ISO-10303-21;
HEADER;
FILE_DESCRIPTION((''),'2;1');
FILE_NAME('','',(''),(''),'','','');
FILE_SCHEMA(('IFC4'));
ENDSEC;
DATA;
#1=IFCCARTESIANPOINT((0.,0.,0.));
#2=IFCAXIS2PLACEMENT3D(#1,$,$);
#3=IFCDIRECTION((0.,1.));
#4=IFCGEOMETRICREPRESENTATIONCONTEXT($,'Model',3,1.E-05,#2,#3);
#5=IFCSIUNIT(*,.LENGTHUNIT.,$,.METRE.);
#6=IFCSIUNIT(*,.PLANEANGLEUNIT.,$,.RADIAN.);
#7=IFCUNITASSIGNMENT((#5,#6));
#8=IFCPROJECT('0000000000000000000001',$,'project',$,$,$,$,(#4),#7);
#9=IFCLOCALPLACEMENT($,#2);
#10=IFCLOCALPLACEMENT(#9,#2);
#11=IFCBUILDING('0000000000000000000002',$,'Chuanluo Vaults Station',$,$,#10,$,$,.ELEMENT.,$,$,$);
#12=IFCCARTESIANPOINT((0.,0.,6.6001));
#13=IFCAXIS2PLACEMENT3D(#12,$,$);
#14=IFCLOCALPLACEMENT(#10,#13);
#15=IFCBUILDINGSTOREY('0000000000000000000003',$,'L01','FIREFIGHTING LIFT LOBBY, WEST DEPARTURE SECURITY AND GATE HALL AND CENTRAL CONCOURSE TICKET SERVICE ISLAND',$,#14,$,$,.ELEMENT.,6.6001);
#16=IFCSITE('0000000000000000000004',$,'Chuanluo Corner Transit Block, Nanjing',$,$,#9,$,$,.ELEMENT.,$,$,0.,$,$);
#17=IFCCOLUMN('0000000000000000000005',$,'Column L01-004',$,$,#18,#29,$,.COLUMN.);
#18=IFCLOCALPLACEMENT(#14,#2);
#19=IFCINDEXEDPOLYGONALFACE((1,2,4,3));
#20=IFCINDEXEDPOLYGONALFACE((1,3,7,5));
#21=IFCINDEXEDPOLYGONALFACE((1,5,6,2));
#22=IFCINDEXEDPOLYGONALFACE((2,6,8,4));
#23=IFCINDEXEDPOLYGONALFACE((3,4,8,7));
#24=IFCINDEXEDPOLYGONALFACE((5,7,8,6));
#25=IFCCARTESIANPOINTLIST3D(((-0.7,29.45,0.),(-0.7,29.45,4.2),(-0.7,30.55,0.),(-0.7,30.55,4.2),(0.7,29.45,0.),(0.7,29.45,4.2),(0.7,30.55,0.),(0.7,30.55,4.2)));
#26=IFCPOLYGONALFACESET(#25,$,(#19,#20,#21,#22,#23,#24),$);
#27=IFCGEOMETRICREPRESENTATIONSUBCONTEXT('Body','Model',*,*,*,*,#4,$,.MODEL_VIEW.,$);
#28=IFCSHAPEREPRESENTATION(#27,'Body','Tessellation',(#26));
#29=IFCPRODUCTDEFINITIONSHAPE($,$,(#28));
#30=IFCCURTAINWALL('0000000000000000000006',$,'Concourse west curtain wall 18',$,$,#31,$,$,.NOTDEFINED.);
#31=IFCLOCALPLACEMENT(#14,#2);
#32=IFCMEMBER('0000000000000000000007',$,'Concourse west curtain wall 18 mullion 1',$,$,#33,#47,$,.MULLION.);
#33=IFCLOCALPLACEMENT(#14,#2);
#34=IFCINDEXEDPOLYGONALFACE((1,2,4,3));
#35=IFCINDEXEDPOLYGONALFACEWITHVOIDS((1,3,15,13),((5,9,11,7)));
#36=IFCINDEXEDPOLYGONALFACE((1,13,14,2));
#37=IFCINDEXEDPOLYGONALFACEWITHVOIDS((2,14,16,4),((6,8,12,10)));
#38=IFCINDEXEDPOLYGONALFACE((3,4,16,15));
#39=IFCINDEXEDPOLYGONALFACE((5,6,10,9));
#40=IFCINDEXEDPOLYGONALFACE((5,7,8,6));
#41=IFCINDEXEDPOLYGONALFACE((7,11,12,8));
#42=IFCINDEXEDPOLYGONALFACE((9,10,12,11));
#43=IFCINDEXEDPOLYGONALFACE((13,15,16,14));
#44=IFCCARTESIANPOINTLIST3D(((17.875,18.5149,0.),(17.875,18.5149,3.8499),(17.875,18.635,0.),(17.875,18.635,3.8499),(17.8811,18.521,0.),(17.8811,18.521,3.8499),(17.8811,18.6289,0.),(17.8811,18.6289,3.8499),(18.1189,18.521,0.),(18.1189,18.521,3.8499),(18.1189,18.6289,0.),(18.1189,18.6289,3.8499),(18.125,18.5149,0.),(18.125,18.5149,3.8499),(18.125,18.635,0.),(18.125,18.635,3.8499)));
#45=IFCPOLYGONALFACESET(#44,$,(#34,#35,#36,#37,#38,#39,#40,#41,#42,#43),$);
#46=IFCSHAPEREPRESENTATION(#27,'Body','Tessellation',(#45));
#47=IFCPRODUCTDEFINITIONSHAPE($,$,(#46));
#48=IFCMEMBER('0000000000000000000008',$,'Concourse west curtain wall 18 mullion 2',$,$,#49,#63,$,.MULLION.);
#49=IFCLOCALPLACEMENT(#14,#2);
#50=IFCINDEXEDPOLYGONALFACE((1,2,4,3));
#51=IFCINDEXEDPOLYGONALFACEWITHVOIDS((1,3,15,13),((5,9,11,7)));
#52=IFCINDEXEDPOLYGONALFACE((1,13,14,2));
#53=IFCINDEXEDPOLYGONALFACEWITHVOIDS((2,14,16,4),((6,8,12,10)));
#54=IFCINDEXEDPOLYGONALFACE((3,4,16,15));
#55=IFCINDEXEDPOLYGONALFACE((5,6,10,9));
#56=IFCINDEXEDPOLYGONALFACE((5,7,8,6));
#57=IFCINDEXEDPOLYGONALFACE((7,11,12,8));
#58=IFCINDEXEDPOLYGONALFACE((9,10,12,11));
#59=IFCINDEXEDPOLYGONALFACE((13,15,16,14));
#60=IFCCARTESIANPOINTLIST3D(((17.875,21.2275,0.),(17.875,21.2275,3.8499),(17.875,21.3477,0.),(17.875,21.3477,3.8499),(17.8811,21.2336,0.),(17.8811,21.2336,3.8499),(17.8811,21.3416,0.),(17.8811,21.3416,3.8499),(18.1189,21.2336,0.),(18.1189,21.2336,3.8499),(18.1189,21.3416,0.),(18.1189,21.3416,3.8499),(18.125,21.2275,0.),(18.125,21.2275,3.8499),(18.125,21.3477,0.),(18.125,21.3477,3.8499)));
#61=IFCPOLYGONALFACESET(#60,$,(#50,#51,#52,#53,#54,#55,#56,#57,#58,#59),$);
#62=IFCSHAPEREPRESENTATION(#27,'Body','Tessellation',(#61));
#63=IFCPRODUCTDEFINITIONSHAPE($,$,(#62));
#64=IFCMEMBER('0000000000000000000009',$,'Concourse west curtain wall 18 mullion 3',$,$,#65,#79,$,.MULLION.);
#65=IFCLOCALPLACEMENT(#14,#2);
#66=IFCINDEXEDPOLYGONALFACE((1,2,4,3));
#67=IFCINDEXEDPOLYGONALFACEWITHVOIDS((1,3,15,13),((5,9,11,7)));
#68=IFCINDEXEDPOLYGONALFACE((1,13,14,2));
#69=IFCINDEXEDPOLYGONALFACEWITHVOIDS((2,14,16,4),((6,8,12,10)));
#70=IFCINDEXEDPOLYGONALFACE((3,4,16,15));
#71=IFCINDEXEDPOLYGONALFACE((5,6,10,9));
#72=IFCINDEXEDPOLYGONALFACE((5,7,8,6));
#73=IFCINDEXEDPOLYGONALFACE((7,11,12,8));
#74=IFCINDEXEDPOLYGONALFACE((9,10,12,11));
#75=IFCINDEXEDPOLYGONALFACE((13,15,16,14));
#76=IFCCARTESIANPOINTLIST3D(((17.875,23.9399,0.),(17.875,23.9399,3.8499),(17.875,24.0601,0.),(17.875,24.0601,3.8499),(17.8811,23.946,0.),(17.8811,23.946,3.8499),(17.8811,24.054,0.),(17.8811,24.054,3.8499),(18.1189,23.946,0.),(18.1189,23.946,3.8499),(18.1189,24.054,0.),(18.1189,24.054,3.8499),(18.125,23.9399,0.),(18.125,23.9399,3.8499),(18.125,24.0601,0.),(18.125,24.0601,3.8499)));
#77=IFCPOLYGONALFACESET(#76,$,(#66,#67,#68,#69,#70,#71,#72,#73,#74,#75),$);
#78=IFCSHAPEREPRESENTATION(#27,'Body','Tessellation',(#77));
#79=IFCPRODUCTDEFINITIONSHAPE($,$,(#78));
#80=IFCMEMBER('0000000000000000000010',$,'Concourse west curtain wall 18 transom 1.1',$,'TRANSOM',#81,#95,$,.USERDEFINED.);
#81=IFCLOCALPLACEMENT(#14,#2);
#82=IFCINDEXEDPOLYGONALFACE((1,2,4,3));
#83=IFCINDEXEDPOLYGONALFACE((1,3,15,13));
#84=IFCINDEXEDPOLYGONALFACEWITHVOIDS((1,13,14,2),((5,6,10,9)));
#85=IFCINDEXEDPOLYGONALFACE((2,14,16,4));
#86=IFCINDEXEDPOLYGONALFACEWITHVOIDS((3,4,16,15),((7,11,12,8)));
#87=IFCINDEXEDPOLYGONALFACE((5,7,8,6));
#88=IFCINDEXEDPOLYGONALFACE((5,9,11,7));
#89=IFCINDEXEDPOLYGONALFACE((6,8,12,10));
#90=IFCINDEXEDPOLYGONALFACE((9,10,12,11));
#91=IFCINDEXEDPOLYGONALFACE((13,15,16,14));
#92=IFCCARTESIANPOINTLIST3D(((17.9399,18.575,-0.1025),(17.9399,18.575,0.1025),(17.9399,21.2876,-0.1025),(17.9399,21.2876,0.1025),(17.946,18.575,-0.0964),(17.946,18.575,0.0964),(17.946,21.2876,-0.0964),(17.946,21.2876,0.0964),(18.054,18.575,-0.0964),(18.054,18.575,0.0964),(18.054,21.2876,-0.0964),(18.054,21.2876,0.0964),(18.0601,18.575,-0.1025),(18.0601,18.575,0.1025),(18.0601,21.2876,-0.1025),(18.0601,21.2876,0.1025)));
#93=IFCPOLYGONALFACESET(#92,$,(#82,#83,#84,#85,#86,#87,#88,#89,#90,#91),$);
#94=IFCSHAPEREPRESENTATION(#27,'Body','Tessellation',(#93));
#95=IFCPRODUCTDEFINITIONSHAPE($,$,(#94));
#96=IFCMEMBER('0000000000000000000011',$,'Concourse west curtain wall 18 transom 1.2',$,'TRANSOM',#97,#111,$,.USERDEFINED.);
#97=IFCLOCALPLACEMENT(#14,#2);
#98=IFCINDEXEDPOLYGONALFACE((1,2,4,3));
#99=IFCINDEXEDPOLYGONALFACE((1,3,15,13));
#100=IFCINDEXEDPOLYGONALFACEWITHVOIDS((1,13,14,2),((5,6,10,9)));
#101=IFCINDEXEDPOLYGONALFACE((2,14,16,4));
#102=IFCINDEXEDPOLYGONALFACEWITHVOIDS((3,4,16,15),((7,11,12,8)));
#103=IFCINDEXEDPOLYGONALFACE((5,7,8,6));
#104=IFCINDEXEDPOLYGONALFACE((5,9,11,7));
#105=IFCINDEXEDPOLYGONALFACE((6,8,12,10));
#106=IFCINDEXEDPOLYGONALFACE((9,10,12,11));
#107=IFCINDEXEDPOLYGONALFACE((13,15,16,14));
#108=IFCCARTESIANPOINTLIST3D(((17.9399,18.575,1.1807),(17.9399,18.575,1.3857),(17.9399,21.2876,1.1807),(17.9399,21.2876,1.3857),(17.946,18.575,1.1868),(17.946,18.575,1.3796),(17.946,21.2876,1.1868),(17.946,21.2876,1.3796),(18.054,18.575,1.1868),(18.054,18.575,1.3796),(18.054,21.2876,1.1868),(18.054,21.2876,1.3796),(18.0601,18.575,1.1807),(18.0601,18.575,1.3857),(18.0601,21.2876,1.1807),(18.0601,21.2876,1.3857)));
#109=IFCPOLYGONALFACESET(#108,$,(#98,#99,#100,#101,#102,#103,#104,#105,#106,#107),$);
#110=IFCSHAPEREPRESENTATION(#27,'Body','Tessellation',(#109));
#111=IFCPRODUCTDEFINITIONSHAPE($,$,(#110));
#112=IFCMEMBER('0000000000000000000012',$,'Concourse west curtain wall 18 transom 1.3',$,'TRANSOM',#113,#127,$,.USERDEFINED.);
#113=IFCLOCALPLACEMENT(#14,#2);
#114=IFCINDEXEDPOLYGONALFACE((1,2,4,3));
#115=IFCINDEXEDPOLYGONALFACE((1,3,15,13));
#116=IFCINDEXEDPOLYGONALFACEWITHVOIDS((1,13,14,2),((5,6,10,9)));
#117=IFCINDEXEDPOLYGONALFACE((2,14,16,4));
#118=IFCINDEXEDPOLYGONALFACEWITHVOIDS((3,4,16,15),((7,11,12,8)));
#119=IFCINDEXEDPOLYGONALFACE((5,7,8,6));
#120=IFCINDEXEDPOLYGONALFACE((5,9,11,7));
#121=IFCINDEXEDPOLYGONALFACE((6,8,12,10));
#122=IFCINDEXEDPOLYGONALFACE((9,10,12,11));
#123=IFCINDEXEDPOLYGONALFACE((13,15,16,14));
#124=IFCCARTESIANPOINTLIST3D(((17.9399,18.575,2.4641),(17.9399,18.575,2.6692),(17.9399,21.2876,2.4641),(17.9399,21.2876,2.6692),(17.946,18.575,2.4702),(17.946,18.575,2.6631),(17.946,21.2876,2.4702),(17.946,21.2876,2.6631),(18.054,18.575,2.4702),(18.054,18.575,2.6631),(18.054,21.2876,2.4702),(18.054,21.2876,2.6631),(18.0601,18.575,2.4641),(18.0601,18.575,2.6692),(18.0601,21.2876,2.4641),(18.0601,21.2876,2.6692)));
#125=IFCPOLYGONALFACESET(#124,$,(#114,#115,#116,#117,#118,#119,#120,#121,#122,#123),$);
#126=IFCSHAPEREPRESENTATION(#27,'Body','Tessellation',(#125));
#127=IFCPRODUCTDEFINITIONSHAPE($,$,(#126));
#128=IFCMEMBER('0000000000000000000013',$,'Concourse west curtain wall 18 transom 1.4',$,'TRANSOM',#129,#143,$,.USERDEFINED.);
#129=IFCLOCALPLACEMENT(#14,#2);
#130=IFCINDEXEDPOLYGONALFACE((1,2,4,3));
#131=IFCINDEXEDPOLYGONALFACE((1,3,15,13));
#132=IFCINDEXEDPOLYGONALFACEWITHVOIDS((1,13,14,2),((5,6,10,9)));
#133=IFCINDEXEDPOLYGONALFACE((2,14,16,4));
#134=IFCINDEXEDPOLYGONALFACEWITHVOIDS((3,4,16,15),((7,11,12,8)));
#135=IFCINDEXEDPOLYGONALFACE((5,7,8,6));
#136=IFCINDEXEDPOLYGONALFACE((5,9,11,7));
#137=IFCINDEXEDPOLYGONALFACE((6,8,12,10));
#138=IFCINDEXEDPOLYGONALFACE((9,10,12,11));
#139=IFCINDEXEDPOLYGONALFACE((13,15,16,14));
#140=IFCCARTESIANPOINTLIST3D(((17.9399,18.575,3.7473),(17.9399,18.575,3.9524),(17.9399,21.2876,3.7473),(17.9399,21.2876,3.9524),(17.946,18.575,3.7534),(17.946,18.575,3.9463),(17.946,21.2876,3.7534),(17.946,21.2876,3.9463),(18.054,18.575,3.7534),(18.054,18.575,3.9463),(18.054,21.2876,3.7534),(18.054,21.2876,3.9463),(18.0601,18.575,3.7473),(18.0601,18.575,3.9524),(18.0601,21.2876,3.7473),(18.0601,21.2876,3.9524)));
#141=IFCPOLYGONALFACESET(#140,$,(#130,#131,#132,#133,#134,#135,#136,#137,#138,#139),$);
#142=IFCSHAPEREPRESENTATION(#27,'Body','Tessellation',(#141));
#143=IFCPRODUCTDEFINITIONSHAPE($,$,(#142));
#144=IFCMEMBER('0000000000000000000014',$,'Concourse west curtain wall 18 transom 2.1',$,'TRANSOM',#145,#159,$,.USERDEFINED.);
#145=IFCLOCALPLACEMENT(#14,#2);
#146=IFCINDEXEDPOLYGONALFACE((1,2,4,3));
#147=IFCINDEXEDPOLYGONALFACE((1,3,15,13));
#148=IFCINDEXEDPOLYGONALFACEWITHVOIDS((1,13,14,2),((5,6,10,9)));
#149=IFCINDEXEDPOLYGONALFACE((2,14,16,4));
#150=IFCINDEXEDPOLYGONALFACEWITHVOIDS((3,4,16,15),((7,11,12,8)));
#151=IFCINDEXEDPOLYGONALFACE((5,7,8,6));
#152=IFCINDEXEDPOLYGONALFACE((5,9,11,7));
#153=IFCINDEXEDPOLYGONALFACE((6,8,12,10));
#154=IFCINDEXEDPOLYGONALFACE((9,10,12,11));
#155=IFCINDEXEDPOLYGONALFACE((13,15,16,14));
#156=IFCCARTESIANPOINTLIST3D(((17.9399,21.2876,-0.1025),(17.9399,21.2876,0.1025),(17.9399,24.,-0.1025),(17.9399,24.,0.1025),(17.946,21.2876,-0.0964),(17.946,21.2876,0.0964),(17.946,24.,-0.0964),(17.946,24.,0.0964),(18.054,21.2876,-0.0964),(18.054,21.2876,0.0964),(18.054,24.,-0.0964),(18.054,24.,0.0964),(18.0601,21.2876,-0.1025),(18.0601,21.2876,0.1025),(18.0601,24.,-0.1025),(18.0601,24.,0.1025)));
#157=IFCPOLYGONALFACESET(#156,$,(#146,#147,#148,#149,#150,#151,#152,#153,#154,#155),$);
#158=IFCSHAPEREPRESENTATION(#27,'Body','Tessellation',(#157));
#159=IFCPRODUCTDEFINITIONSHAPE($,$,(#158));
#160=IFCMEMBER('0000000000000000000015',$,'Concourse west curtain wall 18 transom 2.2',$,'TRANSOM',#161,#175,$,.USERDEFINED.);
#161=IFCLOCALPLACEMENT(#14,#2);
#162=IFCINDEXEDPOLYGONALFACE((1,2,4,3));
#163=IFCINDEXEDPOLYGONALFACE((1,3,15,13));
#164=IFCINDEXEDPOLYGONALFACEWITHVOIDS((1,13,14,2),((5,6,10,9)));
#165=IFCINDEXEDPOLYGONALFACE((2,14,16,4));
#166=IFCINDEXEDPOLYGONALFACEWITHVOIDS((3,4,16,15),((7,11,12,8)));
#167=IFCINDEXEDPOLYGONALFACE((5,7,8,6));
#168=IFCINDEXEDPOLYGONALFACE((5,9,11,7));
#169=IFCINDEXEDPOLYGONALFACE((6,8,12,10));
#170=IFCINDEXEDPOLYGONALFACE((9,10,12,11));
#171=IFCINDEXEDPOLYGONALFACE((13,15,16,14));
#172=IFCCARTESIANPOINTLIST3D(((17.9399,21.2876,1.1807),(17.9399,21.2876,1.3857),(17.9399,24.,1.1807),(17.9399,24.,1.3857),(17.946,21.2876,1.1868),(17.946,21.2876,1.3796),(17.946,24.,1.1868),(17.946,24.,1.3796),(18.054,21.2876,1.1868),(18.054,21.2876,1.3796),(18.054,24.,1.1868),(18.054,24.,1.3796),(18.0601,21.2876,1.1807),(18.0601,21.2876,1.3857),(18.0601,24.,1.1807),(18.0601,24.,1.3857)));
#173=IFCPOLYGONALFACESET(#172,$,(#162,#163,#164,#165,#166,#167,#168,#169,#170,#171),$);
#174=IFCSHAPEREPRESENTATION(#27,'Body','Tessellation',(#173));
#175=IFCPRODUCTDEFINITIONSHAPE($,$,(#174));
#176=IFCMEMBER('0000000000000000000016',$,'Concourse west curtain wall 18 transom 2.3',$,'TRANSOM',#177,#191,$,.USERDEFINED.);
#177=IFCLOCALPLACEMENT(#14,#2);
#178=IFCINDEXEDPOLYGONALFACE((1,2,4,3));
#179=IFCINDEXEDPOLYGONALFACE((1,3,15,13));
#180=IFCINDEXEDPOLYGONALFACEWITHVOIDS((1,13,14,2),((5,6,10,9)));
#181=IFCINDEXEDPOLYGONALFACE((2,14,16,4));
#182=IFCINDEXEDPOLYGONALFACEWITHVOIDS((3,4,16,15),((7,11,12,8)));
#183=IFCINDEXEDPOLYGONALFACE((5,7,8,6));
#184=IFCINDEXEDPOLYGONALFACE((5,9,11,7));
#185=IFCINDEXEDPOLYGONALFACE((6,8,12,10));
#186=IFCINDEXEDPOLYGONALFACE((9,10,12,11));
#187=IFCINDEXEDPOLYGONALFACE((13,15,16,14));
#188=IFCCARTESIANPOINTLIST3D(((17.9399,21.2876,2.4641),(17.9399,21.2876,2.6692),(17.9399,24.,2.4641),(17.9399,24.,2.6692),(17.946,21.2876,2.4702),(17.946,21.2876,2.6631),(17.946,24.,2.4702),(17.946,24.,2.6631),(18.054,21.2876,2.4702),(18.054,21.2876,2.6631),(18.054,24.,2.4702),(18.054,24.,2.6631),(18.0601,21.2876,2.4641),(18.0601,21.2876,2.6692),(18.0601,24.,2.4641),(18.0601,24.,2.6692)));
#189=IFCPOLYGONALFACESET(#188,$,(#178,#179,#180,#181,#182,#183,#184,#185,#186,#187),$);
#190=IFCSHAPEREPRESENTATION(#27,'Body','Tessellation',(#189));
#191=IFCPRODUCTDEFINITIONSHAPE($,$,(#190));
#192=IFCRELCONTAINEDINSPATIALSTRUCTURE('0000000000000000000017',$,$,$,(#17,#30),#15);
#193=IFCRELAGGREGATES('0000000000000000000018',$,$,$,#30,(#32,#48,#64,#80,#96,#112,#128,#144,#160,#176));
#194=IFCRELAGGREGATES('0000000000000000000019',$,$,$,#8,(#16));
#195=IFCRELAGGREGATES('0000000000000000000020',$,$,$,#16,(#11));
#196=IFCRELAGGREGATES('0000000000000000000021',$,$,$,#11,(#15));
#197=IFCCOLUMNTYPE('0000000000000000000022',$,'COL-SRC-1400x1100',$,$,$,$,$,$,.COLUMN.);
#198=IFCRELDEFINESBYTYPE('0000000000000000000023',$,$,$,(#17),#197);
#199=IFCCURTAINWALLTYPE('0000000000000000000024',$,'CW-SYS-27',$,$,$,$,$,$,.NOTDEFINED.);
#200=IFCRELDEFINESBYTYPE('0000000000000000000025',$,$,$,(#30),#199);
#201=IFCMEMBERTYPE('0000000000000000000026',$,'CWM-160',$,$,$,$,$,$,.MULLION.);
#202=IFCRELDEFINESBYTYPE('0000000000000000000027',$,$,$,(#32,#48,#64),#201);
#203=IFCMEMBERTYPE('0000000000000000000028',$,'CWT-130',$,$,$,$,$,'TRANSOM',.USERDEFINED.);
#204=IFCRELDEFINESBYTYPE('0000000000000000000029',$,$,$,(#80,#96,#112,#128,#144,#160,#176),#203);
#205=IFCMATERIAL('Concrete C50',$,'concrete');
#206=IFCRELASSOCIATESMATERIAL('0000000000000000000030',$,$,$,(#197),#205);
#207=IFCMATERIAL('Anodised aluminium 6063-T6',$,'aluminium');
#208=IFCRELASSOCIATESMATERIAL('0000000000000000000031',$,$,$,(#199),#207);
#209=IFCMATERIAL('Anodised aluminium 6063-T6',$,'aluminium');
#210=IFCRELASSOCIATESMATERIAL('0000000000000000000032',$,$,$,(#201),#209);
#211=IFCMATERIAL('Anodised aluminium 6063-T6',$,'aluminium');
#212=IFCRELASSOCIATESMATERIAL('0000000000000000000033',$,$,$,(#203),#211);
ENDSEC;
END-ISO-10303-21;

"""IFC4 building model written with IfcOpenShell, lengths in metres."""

from ifc_helpers import new_model, si_unit, direction, frame, origin, origin_2d, place, context, subcontext, project, spatial, rectangle, hollow_rectangle, extrude, material, material_profile, profile_set, type_object, element, aggregate, save


model = new_model("IFC4")

# Units and contexts
model_context = context("Model", 3, precision=1e-05, world=origin(), true_north=direction((0.0, 1.0)))
body_context = subcontext(model_context, "Body", "Model", "MODEL_VIEW")
ifc_project = project(units=[si_unit("LENGTHUNIT", "METRE"), si_unit("PLANEANGLEUNIT", "RADIAN")], contexts=[model_context])

# Site, building, storey
site_placement = place(None, origin())
site = spatial("IfcSite", under=ifc_project, at=site_placement, Name="Chuanluo Corner Transit Block, Nanjing", CompositionType="ELEMENT", RefElevation=0.0)
building_placement = place(site_placement, origin())
building = spatial("IfcBuilding", under=site, at=building_placement, Name="Chuanluo Vaults Station", CompositionType="ELEMENT")
storey_placement = place(building_placement, frame((0.0, 0.0, 6.6001)))
storey = spatial("IfcBuildingStorey", under=building, at=storey_placement, Name="L01", Description="FIREFIGHTING LIFT LOBBY, WEST DEPARTURE SECURITY AND GATE HALL AND CENTRAL CONCOURSE TICKET SERVICE ISLAND", CompositionType="ELEMENT", Elevation=6.6001)

# Column
ifc_material_1 = material(Name="Concrete C50", Category="concrete")
ifc_material_profile_1 = material_profile(ifc_material_1, rectangle(XDim=1.3999, YDim=1.1001, at=origin_2d()))
ifc_profile_set_1 = profile_set([ifc_material_profile_1], Name="Concrete C50")
column_type = type_object("IfcColumnType", Name="COL-SRC-1400x1100", PredefinedType="COLUMN", material=ifc_profile_set_1)
column_placement = place(storey_placement, frame((0.0, 30.0, 0.0), z_axis=(0.0, 0.0, 1.0), x_axis=(1.0, 0.0, 0.0)))
element("IfcColumn", 1, at=column_placement, inside=storey, type_object=column_type, Name="Column L01-004", PredefinedType="COLUMN", context=body_context, shape_type="SweptSolid", body=[
    extrude(rectangle(XDim=1.3999, YDim=1.1001, at=origin_2d()), origin(), (0.0, 0.0, 1.0), 4.2),
])

# Curtain wall, members
ifc_material_2 = material(Name="Anodised aluminium 6063-T6", Category="aluminium")
curtain_wall_type = type_object("IfcCurtainWallType", Name="CW-SYS-27", PredefinedType="NOTDEFINED", material=ifc_material_2)
curtain_wall_placement = place(storey_placement, origin())
curtain_wall = element("IfcCurtainWall", 2, at=curtain_wall_placement, inside=storey, type_object=curtain_wall_type, Name="Concourse west curtain wall 18", PredefinedType="NOTDEFINED")
ifc_material_3 = material(Name="Anodised aluminium 6063-T6", Category="aluminium")
ifc_material_profile_2 = material_profile(ifc_material_3, hollow_rectangle(XDim=0.1201, YDim=0.25, WallThickness=0.0061, at=origin_2d()))
ifc_profile_set_2 = profile_set([ifc_material_profile_2], Name="Anodised aluminium 6063-T6")
member_type_1 = type_object("IfcMemberType", Name="CWM-160", PredefinedType="MULLION", material=ifc_profile_set_2)
member_1_placement = place(storey_placement, frame((18.0, 18.575, 0.0), z_axis=(0.0, 0.0, 1.0), x_axis=(0.0, 1.0, 0.0)))
member_1 = element("IfcMember", 3, at=member_1_placement, type_object=member_type_1, Name="Concourse west curtain wall 18 mullion 1", PredefinedType="MULLION", context=body_context, shape_type="SweptSolid", body=[
    extrude(hollow_rectangle(XDim=0.1201, YDim=0.25, WallThickness=0.0061, at=origin_2d()), origin(), (0.0, 0.0, 1.0), 3.8499),
])
member_2_placement = place(storey_placement, frame((18.0, 21.2876, 0.0), z_axis=(0.0, 0.0, 1.0), x_axis=(0.0, 1.0, 0.0)))
member_2 = element("IfcMember", 4, at=member_2_placement, type_object=member_type_1, Name="Concourse west curtain wall 18 mullion 2", PredefinedType="MULLION", context=body_context, shape_type="SweptSolid", body=[
    extrude(hollow_rectangle(XDim=0.1201, YDim=0.25, WallThickness=0.0061, at=origin_2d()), origin(), (0.0, 0.0, 1.0), 3.8499),
])
member_3_placement = place(storey_placement, frame((18.0, 24.0, 0.0), z_axis=(0.0, 0.0, 1.0), x_axis=(0.0, 1.0, 0.0)))
member_3 = element("IfcMember", 5, at=member_3_placement, type_object=member_type_1, Name="Concourse west curtain wall 18 mullion 3", PredefinedType="MULLION", context=body_context, shape_type="SweptSolid", body=[
    extrude(hollow_rectangle(XDim=0.1201, YDim=0.25, WallThickness=0.0061, at=origin_2d()), origin(), (0.0, 0.0, 1.0), 3.8499),
])
ifc_material_4 = material(Name="Anodised aluminium 6063-T6", Category="aluminium")
ifc_material_profile_3 = material_profile(ifc_material_4, hollow_rectangle(XDim=0.1201, YDim=0.2051, WallThickness=0.0061, at=origin_2d()))
ifc_profile_set_3 = profile_set([ifc_material_profile_3], Name="Anodised aluminium 6063-T6")
member_type_2 = type_object("IfcMemberType", Name="CWT-130", ElementType="TRANSOM", PredefinedType="USERDEFINED", material=ifc_profile_set_3)
member_4_placement = place(storey_placement, frame((18.0, 18.575, 0.0), z_axis=(0.0, 1.0, 0.0), x_axis=(-1.0, 0.0, 0.0)))
member_4 = element("IfcMember", 6, at=member_4_placement, type_object=member_type_2, Name="Concourse west curtain wall 18 transom 1.1", ObjectType="TRANSOM", PredefinedType="USERDEFINED", context=body_context, shape_type="SweptSolid", body=[
    extrude(hollow_rectangle(XDim=0.1201, YDim=0.2051, WallThickness=0.0061, at=origin_2d()), origin(), (0.0, 0.0, 1.0), 2.7126),
])
member_5_placement = place(storey_placement, frame((18.0, 18.575, 1.2832), z_axis=(0.0, 1.0, 0.0), x_axis=(-1.0, 0.0, 0.0)))
member_5 = element("IfcMember", 7, at=member_5_placement, type_object=member_type_2, Name="Concourse west curtain wall 18 transom 1.2", ObjectType="TRANSOM", PredefinedType="USERDEFINED", context=body_context, shape_type="SweptSolid", body=[
    extrude(hollow_rectangle(XDim=0.1201, YDim=0.2051, WallThickness=0.0061, at=origin_2d()), origin(), (0.0, 0.0, 1.0), 2.7126),
])
member_6_placement = place(storey_placement, frame((18.0, 18.575, 2.5667), z_axis=(0.0, 1.0, 0.0), x_axis=(-1.0, 0.0, 0.0)))
member_6 = element("IfcMember", 8, at=member_6_placement, type_object=member_type_2, Name="Concourse west curtain wall 18 transom 1.3", ObjectType="TRANSOM", PredefinedType="USERDEFINED", context=body_context, shape_type="SweptSolid", body=[
    extrude(hollow_rectangle(XDim=0.1201, YDim=0.2051, WallThickness=0.0061, at=origin_2d()), origin(), (0.0, 0.0, 1.0), 2.7126),
])
member_7_placement = place(storey_placement, frame((18.0, 18.575, 3.8499), z_axis=(0.0, 1.0, 0.0), x_axis=(-1.0, 0.0, 0.0)))
member_7 = element("IfcMember", 9, at=member_7_placement, type_object=member_type_2, Name="Concourse west curtain wall 18 transom 1.4", ObjectType="TRANSOM", PredefinedType="USERDEFINED", context=body_context, shape_type="SweptSolid", body=[
    extrude(hollow_rectangle(XDim=0.1201, YDim=0.2051, WallThickness=0.0061, at=origin_2d()), origin(), (0.0, 0.0, 1.0), 2.7126),
])
member_8_placement = place(storey_placement, frame((18.0, 21.2876, 0.0), z_axis=(0.0, 1.0, 0.0), x_axis=(-1.0, 0.0, 0.0)))
member_8 = element("IfcMember", 10, at=member_8_placement, type_object=member_type_2, Name="Concourse west curtain wall 18 transom 2.1", ObjectType="TRANSOM", PredefinedType="USERDEFINED", context=body_context, shape_type="SweptSolid", body=[
    extrude(hollow_rectangle(XDim=0.1201, YDim=0.2051, WallThickness=0.0061, at=origin_2d()), origin(), (0.0, 0.0, 1.0), 2.7124),
])
member_9_placement = place(storey_placement, frame((18.0, 21.2876, 1.2832), z_axis=(0.0, 1.0, 0.0), x_axis=(-1.0, 0.0, 0.0)))
member_9 = element("IfcMember", 11, at=member_9_placement, type_object=member_type_2, Name="Concourse west curtain wall 18 transom 2.2", ObjectType="TRANSOM", PredefinedType="USERDEFINED", context=body_context, shape_type="SweptSolid", body=[
    extrude(hollow_rectangle(XDim=0.1201, YDim=0.2051, WallThickness=0.0061, at=origin_2d()), origin(), (0.0, 0.0, 1.0), 2.7124),
])
member_10_placement = place(storey_placement, frame((18.0, 21.2876, 2.5667), z_axis=(0.0, 1.0, 0.0), x_axis=(-1.0, 0.0, 0.0)))
member_10 = element("IfcMember", 12, at=member_10_placement, type_object=member_type_2, Name="Concourse west curtain wall 18 transom 2.3", ObjectType="TRANSOM", PredefinedType="USERDEFINED", context=body_context, shape_type="SweptSolid", body=[
    extrude(hollow_rectangle(XDim=0.1201, YDim=0.2051, WallThickness=0.0061, at=origin_2d()), origin(), (0.0, 0.0, 1.0), 2.7124),
])
aggregate(curtain_wall, [member_1, member_2, member_3, member_4, member_5, member_6, member_7, member_8, member_9, member_10])

save(model, "model.ifc")
